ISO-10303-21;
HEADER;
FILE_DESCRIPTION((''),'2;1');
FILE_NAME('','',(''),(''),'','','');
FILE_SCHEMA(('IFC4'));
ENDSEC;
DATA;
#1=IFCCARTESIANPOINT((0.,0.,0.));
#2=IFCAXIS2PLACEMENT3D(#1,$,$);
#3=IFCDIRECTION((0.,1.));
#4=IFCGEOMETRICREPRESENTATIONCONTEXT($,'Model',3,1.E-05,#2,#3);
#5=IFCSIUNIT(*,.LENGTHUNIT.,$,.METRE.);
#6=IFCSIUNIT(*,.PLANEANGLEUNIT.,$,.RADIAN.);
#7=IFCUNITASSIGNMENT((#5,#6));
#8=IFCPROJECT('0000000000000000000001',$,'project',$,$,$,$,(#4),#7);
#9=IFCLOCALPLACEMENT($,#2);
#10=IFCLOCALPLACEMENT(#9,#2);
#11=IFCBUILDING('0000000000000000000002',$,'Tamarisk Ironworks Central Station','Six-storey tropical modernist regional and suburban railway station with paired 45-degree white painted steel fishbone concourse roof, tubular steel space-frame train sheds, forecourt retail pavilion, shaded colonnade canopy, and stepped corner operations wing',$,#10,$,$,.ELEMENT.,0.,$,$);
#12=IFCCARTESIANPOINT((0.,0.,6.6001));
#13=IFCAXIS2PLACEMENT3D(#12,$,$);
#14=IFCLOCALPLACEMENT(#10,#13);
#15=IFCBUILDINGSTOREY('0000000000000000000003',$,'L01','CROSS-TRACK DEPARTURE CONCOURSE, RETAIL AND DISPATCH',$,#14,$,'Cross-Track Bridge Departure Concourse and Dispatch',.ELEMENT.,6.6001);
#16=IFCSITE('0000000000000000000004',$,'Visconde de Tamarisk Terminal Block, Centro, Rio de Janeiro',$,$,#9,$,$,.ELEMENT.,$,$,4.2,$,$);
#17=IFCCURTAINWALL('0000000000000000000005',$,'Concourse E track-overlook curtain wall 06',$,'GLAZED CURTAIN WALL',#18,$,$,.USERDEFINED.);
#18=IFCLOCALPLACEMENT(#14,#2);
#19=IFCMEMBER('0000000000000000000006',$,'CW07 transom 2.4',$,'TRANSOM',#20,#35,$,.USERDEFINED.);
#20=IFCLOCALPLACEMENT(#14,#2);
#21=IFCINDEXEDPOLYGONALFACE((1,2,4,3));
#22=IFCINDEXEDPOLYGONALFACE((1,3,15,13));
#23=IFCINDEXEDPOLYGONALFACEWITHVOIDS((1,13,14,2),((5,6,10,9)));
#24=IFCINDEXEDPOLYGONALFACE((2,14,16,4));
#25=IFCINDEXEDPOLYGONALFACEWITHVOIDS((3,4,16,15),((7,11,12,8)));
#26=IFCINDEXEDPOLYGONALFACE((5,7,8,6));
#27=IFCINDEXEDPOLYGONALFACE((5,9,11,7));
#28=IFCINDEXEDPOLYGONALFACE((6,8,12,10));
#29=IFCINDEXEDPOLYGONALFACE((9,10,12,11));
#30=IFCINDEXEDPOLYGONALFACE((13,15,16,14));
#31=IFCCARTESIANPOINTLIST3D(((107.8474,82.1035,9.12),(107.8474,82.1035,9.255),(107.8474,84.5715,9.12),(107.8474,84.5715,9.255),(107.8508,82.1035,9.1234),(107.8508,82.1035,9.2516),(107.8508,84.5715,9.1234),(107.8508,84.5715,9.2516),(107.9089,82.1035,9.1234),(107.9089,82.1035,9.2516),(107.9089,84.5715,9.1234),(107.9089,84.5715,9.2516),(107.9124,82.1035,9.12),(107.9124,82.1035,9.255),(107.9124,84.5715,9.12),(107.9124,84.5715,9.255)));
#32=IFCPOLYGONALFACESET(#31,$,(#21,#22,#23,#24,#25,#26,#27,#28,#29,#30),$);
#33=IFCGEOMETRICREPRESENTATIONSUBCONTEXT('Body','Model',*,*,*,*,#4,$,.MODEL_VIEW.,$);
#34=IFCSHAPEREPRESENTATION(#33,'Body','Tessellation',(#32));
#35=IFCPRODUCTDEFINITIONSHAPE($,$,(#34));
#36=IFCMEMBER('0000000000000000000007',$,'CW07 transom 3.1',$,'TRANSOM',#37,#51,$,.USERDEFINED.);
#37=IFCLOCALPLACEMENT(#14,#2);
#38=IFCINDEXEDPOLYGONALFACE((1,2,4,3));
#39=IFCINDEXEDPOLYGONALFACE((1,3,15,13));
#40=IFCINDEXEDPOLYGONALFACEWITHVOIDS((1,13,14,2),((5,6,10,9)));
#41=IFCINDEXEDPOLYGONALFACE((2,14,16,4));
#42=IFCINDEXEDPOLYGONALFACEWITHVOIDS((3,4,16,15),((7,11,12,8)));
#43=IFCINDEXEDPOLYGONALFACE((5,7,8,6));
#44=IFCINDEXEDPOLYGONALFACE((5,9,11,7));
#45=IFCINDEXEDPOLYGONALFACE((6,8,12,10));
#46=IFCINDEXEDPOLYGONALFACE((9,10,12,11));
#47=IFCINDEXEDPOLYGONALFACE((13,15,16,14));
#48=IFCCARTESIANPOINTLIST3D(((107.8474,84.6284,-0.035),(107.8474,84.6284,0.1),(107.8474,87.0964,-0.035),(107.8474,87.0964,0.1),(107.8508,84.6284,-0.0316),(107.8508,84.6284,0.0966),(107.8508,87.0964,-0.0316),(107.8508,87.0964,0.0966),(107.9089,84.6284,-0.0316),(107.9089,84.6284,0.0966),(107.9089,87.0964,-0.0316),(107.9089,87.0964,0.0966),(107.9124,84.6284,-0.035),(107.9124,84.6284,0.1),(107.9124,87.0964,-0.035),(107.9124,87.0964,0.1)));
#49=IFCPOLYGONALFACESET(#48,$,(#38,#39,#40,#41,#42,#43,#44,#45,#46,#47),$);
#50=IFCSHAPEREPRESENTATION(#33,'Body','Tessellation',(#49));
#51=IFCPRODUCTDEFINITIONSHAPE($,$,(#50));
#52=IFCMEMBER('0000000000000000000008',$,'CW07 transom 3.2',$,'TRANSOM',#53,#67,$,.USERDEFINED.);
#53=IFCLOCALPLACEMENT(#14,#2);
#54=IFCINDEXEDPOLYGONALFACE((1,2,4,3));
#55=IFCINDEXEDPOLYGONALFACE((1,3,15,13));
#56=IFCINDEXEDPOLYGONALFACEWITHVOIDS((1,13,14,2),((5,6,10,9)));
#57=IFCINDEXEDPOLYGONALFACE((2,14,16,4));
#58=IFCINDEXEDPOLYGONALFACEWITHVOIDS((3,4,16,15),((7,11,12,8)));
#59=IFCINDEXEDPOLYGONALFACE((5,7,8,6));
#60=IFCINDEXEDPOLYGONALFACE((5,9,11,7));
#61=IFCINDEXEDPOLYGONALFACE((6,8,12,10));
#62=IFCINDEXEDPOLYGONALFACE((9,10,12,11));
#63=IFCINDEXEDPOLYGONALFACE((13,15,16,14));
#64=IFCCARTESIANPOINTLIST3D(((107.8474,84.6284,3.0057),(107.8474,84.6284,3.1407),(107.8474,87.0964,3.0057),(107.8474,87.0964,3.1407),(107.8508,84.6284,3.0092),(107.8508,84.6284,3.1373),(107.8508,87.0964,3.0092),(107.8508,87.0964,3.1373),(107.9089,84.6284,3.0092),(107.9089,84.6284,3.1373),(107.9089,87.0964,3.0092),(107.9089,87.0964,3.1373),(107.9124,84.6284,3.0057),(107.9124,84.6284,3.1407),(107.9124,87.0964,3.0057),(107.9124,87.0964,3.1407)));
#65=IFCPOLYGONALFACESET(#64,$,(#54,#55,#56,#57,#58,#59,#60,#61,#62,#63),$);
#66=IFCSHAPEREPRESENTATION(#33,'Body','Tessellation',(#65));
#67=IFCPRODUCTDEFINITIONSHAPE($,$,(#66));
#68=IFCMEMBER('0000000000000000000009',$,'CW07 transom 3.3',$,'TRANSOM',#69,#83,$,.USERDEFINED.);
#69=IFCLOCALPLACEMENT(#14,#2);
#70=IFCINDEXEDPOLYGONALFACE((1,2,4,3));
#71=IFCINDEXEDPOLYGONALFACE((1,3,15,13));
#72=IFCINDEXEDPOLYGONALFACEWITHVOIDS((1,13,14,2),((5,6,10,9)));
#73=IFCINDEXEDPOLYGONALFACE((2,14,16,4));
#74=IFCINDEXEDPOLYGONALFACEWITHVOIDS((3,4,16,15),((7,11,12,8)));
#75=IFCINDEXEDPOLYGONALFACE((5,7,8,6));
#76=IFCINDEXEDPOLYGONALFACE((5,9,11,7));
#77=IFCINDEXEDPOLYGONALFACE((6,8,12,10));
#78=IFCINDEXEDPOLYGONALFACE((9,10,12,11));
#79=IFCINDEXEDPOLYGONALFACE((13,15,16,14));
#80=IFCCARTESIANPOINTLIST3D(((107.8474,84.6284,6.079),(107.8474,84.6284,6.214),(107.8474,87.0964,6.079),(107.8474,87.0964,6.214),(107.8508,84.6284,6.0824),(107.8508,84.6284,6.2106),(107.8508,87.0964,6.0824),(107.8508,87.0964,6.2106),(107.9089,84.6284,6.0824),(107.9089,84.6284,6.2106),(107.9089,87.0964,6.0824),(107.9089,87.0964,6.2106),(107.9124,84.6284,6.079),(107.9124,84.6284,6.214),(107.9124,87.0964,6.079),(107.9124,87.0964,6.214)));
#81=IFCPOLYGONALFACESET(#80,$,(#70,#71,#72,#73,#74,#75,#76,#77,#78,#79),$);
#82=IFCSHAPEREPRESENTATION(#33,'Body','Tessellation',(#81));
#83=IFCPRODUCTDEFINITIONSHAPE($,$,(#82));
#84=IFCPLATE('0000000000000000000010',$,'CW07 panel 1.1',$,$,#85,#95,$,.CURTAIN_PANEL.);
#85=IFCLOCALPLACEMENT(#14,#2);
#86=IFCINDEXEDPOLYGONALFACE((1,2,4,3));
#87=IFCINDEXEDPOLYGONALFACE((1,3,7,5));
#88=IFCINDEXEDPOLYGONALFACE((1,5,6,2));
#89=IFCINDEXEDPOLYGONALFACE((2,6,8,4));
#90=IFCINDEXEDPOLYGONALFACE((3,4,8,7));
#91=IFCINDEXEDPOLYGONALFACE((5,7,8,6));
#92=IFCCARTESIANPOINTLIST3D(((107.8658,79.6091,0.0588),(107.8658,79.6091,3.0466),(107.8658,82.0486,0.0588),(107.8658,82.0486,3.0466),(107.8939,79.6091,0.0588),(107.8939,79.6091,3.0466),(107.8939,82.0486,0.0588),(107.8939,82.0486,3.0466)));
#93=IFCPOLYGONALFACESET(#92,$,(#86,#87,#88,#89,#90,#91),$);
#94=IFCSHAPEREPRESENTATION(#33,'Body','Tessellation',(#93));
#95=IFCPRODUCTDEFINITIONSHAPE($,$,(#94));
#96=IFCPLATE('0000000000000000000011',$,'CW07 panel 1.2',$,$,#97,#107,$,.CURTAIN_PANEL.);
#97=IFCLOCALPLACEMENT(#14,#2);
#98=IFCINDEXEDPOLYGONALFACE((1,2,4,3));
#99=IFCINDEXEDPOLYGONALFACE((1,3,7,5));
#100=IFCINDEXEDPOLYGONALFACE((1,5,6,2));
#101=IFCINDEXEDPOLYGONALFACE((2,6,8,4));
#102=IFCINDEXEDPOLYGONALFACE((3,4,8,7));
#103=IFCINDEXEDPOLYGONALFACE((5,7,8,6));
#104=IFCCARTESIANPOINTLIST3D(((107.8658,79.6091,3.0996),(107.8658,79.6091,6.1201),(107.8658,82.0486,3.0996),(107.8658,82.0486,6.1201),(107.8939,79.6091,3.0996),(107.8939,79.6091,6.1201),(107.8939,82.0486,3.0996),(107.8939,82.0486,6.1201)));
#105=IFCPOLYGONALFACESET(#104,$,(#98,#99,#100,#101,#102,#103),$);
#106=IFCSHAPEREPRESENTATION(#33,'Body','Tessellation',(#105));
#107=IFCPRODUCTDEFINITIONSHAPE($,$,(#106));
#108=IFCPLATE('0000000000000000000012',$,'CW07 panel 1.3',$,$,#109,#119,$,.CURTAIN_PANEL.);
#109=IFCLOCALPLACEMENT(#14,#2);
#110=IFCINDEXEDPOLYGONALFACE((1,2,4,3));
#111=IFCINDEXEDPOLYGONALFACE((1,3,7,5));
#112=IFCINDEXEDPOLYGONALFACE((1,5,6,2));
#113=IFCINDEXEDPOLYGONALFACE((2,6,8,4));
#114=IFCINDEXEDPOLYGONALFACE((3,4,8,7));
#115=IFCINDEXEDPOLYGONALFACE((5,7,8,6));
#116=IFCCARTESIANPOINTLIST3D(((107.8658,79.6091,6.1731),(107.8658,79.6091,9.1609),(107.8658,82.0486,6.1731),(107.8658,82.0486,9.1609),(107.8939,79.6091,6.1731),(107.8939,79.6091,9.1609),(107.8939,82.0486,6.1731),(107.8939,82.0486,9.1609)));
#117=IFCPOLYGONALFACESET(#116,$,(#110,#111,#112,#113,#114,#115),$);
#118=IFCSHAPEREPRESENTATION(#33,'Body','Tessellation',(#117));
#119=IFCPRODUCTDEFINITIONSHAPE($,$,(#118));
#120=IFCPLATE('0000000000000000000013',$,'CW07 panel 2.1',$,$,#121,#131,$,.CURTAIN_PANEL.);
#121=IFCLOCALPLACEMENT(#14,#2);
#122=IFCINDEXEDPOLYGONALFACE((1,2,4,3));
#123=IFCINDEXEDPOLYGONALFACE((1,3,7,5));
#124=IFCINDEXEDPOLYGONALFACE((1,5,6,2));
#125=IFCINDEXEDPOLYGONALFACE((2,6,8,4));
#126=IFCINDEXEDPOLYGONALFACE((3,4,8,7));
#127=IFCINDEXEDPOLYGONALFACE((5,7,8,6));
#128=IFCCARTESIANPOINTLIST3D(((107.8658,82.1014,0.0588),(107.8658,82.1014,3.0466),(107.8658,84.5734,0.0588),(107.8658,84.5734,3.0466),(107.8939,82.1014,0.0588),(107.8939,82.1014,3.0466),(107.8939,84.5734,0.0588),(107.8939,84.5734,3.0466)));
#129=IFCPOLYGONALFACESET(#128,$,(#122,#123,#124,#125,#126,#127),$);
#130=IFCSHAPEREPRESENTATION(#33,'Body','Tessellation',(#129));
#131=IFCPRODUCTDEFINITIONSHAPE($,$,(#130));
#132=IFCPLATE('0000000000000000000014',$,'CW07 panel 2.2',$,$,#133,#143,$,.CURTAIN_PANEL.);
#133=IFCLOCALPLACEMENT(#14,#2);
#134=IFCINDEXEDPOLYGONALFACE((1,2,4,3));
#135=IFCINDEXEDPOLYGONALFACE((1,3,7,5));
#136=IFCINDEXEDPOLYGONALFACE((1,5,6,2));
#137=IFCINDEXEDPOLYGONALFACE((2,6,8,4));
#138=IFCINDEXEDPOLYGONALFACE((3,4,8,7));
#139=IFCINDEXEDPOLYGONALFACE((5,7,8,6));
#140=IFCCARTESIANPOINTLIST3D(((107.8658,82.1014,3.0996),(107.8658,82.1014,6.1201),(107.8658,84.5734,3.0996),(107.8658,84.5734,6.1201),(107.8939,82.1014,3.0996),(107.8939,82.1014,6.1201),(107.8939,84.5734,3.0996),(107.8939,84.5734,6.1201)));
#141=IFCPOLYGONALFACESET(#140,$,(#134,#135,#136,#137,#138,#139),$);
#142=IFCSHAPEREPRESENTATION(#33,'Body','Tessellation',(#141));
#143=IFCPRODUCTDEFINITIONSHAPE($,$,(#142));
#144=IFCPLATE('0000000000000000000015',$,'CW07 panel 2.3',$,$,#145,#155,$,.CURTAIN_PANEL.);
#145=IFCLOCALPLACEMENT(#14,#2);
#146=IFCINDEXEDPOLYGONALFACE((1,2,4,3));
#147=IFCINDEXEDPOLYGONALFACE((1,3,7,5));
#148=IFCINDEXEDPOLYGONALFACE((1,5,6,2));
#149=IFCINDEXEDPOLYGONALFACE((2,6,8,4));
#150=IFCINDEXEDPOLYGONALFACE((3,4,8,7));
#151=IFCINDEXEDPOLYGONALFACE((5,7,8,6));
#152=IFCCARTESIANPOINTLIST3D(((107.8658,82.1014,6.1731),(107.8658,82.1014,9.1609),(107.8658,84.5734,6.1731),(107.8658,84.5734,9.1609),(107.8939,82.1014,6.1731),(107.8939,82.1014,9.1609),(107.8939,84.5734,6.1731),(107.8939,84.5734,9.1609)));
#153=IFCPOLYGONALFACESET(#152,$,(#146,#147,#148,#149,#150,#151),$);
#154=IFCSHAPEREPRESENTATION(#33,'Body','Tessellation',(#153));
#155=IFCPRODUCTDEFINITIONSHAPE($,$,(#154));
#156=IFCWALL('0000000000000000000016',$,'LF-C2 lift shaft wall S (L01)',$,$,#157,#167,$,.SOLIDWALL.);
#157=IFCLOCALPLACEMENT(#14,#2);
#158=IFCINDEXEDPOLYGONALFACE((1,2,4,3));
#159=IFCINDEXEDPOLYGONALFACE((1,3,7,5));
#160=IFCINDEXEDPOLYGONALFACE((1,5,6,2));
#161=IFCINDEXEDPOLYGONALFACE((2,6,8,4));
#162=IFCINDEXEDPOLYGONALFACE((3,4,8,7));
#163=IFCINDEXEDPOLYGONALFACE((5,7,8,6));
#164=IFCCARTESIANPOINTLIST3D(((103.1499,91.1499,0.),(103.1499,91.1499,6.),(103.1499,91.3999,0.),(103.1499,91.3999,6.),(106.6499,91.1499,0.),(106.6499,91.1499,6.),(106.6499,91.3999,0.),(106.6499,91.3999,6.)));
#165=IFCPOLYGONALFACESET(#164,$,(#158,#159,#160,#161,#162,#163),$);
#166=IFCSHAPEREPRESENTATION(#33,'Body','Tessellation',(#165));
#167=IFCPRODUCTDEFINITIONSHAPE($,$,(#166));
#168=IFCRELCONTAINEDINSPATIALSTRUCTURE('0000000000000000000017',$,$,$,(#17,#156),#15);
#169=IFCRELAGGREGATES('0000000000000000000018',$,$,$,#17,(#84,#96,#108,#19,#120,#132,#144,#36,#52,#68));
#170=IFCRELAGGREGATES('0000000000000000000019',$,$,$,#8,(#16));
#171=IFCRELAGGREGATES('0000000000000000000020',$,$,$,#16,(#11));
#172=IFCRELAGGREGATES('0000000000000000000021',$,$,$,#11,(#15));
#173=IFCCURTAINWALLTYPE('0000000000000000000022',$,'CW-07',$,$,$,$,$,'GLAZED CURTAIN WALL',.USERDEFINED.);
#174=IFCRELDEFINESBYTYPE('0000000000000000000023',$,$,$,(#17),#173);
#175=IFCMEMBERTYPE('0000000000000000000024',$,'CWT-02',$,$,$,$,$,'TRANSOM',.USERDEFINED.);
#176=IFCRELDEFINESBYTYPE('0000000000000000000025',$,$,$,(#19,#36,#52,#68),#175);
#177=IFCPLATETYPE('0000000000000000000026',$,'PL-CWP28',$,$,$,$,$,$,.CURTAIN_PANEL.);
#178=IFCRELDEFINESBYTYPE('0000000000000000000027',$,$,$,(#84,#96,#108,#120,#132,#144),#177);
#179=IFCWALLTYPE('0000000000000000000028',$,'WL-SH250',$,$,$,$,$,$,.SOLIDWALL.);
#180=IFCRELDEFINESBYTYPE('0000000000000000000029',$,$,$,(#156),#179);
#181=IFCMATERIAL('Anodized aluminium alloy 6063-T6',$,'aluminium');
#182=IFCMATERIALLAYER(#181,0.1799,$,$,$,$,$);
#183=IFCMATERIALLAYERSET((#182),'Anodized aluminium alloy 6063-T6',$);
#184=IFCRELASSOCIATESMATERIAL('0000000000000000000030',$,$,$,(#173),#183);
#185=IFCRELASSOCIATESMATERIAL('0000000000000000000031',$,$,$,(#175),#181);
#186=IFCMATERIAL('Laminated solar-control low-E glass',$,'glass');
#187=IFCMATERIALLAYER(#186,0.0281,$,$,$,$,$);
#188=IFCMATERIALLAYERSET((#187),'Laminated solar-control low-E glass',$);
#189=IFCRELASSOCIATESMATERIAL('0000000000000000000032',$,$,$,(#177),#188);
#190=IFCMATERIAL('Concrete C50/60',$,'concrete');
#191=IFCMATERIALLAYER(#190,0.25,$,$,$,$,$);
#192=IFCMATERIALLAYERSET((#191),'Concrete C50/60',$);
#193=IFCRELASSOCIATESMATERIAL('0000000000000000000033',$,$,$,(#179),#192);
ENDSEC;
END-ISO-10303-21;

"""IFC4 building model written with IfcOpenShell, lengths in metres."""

from ifc_helpers import new_model, si_unit, direction, frame, frame_2d, origin, origin_2d, place, context, subcontext, project, spatial, rectangle, hollow_rectangle, extrude, material, layer, layer_set, material_profile, profile_set, type_object, element, aggregate, save


model = new_model("IFC4")

# Units and contexts
model_context = context("Model", 3, precision=1e-05, world=origin(), true_north=direction((0.0, 1.0)))
body_context = subcontext(model_context, "Body", "Model", "MODEL_VIEW")
ifc_project = project(units=[si_unit("LENGTHUNIT", "METRE"), si_unit("PLANEANGLEUNIT", "RADIAN")], contexts=[model_context])

# Site, building, storey
site_placement = place(None, origin())
site = spatial("IfcSite", under=ifc_project, at=site_placement, Name="Visconde de Tamarisk Terminal Block, Centro, Rio de Janeiro", CompositionType="ELEMENT", RefElevation=4.2)
building_placement = place(site_placement, origin())
building = spatial("IfcBuilding", under=site, at=building_placement, Name="Tamarisk Ironworks Central Station", Description="Six-storey tropical modernist regional and suburban railway station with paired 45-degree white painted steel fishbone concourse roof, tubular steel space-frame train sheds, forecourt retail pavilion, shaded colonnade canopy, and stepped corner operations wing", CompositionType="ELEMENT", ElevationOfRefHeight=0.0)
storey_placement = place(building_placement, frame((0.0, 0.0, 6.6001)))
storey = spatial("IfcBuildingStorey", under=building, at=storey_placement, Name="L01", Description="CROSS-TRACK DEPARTURE CONCOURSE, RETAIL AND DISPATCH", LongName="Cross-Track Bridge Departure Concourse and Dispatch", CompositionType="ELEMENT", Elevation=6.6001)

# Curtain wall, members, plates
ifc_material_1 = material(Name="Anodized aluminium alloy 6063-T6", Category="aluminium")
ifc_layer_1 = layer(ifc_material_1, 0.1799)
ifc_layer_set_1 = layer_set([ifc_layer_1], Name="Anodized aluminium alloy 6063-T6")
curtain_wall_type = type_object("IfcCurtainWallType", Name="CW-07", ElementType="GLAZED CURTAIN WALL", PredefinedType="USERDEFINED", material=ifc_layer_set_1)
curtain_wall_placement = place(storey_placement, origin())
curtain_wall = element("IfcCurtainWall", 1, at=curtain_wall_placement, inside=storey, type_object=curtain_wall_type, Name="Concourse E track-overlook curtain wall 06", ObjectType="GLAZED CURTAIN WALL", PredefinedType="USERDEFINED")
ifc_material_profile_1 = material_profile(ifc_material_1, hollow_rectangle(XDim=0.0649, YDim=0.135, WallThickness=0.0034, at=origin_2d()), Name="ALUM 135x65")
ifc_profile_set_1 = profile_set([ifc_material_profile_1], Name="Anodized aluminium alloy 6063-T6")
member_type_1 = type_object("IfcMemberType", Name="CWT-02", ElementType="TRANSOM", PredefinedType="USERDEFINED", material=ifc_profile_set_1)
member_1_placement = place(storey_placement, frame((107.8799, 82.1035, 9.1875), z_axis=(0.0, 1.0, 0.0), x_axis=(-1.0, 0.0, 0.0)))
member_1 = element("IfcMember", 2, at=member_1_placement, type_object=member_type_1, Name="CW07 transom 2.4", ObjectType="TRANSOM", PredefinedType="USERDEFINED", context=body_context, shape_type="SweptSolid", body=[
    extrude(hollow_rectangle(XDim=0.0649, YDim=0.135, WallThickness=0.0034, at=origin_2d()), origin(), (0.0, 0.0, 1.0), 2.468),
])
member_2_placement = place(storey_placement, frame((107.8799, 84.6284, 0.0325), z_axis=(0.0, 1.0, 0.0), x_axis=(-1.0, 0.0, 0.0)))
member_2 = element("IfcMember", 3, at=member_2_placement, type_object=member_type_1, Name="CW07 transom 3.1", ObjectType="TRANSOM", PredefinedType="USERDEFINED", context=body_context, shape_type="SweptSolid", body=[
    extrude(hollow_rectangle(XDim=0.0649, YDim=0.135, WallThickness=0.0034, at=origin_2d()), origin(), (0.0, 0.0, 1.0), 2.468),
])
member_3_placement = place(storey_placement, frame((107.8799, 84.6284, 3.0732), z_axis=(0.0, 1.0, 0.0), x_axis=(-1.0, 0.0, 0.0)))
member_3 = element("IfcMember", 4, at=member_3_placement, type_object=member_type_1, Name="CW07 transom 3.2", ObjectType="TRANSOM", PredefinedType="USERDEFINED", context=body_context, shape_type="SweptSolid", body=[
    extrude(hollow_rectangle(XDim=0.0649, YDim=0.135, WallThickness=0.0034, at=origin_2d()), origin(), (0.0, 0.0, 1.0), 2.468),
])
member_4_placement = place(storey_placement, frame((107.8799, 84.6284, 6.1465), z_axis=(0.0, 1.0, 0.0), x_axis=(-1.0, 0.0, 0.0)))
member_4 = element("IfcMember", 5, at=member_4_placement, type_object=member_type_1, Name="CW07 transom 3.3", ObjectType="TRANSOM", PredefinedType="USERDEFINED", context=body_context, shape_type="SweptSolid", body=[
    extrude(hollow_rectangle(XDim=0.0649, YDim=0.135, WallThickness=0.0034, at=origin_2d()), origin(), (0.0, 0.0, 1.0), 2.468),
])
ifc_material_2 = material(Name="Laminated solar-control low-E glass", Category="glass")
ifc_layer_2 = layer(ifc_material_2, 0.0281)
ifc_layer_set_2 = layer_set([ifc_layer_2], Name="Laminated solar-control low-E glass")
plate_type = type_object("IfcPlateType", Name="PL-CWP28", PredefinedType="CURTAIN_PANEL", material=ifc_layer_set_2)
plate_1_placement = place(storey_placement, frame((107.8799, 80.8289, 0.0588), z_axis=(0.0, 0.0, 1.0), x_axis=(0.0, 1.0, 0.0)))
plate_1 = element("IfcPlate", 6, at=plate_1_placement, type_object=plate_type, Name="CW07 panel 1.1", PredefinedType="CURTAIN_PANEL", context=body_context, shape_type="SweptSolid", body=[
    extrude(rectangle(XDim=2.4395, YDim=0.0281, at=origin_2d()), origin(), (0.0, 0.0, 1.0), 2.9878),
])
plate_2_placement = place(storey_placement, frame((107.8799, 80.8289, 3.0996), z_axis=(0.0, 0.0, 1.0), x_axis=(0.0, 1.0, 0.0)))
plate_2 = element("IfcPlate", 7, at=plate_2_placement, type_object=plate_type, Name="CW07 panel 1.2", PredefinedType="CURTAIN_PANEL", context=body_context, shape_type="SweptSolid", body=[
    extrude(rectangle(XDim=2.4395, YDim=0.0281, at=origin_2d()), origin(), (0.0, 0.0, 1.0), 3.0205),
])
plate_3_placement = place(storey_placement, frame((107.8799, 80.8289, 6.1731), z_axis=(0.0, 0.0, 1.0), x_axis=(0.0, 1.0, 0.0)))
plate_3 = element("IfcPlate", 8, at=plate_3_placement, type_object=plate_type, Name="CW07 panel 1.3", PredefinedType="CURTAIN_PANEL", context=body_context, shape_type="SweptSolid", body=[
    extrude(rectangle(XDim=2.4395, YDim=0.0281, at=origin_2d()), origin(), (0.0, 0.0, 1.0), 2.9878),
])
plate_4_placement = place(storey_placement, frame((107.8799, 83.3374, 0.0588), z_axis=(0.0, 0.0, 1.0), x_axis=(0.0, 1.0, 0.0)))
plate_4 = element("IfcPlate", 9, at=plate_4_placement, type_object=plate_type, Name="CW07 panel 2.1", PredefinedType="CURTAIN_PANEL", context=body_context, shape_type="SweptSolid", body=[
    extrude(rectangle(XDim=2.4719, YDim=0.0281, at=origin_2d()), origin(), (0.0, 0.0, 1.0), 2.9878),
])
plate_5_placement = place(storey_placement, frame((107.8799, 83.3374, 3.0996), z_axis=(0.0, 0.0, 1.0), x_axis=(0.0, 1.0, 0.0)))
plate_5 = element("IfcPlate", 10, at=plate_5_placement, type_object=plate_type, Name="CW07 panel 2.2", PredefinedType="CURTAIN_PANEL", context=body_context, shape_type="SweptSolid", body=[
    extrude(rectangle(XDim=2.4719, YDim=0.0281, at=origin_2d()), origin(), (0.0, 0.0, 1.0), 3.0205),
])
plate_6_placement = place(storey_placement, frame((107.8799, 83.3374, 6.1731), z_axis=(0.0, 0.0, 1.0), x_axis=(0.0, 1.0, 0.0)))
plate_6 = element("IfcPlate", 11, at=plate_6_placement, type_object=plate_type, Name="CW07 panel 2.3", PredefinedType="CURTAIN_PANEL", context=body_context, shape_type="SweptSolid", body=[
    extrude(rectangle(XDim=2.4719, YDim=0.0281, at=origin_2d()), origin(), (0.0, 0.0, 1.0), 2.9878),
])
aggregate(curtain_wall, [plate_1, plate_2, plate_3, member_1, plate_4, plate_5, plate_6, member_2, member_3, member_4])

# Wall
ifc_material_3 = material(Name="Concrete C50/60", Category="concrete")
ifc_layer_3 = layer(ifc_material_3, 0.25)
ifc_layer_set_3 = layer_set([ifc_layer_3], Name="Concrete C50/60")
wall_type = type_object("IfcWallType", Name="WL-SH250", PredefinedType="SOLIDWALL", material=ifc_layer_set_3)
wall_1_placement = place(storey_placement, frame((103.1499, 91.2749, 0.0), z_axis=(0.0, 0.0, 1.0), x_axis=(1.0, 0.0, 0.0)))
element("IfcWall", 12, at=wall_1_placement, inside=storey, type_object=wall_type, Name="LF-C2 lift shaft wall S (L01)", PredefinedType="SOLIDWALL", context=body_context, shape_type="SweptSolid", body=[
    extrude(rectangle(XDim=3.5, YDim=0.25, at=frame_2d((1.75, 0.0))), origin(), (0.0, 0.0, 1.0), 6.0),
])

save(model, "model.ifc")
